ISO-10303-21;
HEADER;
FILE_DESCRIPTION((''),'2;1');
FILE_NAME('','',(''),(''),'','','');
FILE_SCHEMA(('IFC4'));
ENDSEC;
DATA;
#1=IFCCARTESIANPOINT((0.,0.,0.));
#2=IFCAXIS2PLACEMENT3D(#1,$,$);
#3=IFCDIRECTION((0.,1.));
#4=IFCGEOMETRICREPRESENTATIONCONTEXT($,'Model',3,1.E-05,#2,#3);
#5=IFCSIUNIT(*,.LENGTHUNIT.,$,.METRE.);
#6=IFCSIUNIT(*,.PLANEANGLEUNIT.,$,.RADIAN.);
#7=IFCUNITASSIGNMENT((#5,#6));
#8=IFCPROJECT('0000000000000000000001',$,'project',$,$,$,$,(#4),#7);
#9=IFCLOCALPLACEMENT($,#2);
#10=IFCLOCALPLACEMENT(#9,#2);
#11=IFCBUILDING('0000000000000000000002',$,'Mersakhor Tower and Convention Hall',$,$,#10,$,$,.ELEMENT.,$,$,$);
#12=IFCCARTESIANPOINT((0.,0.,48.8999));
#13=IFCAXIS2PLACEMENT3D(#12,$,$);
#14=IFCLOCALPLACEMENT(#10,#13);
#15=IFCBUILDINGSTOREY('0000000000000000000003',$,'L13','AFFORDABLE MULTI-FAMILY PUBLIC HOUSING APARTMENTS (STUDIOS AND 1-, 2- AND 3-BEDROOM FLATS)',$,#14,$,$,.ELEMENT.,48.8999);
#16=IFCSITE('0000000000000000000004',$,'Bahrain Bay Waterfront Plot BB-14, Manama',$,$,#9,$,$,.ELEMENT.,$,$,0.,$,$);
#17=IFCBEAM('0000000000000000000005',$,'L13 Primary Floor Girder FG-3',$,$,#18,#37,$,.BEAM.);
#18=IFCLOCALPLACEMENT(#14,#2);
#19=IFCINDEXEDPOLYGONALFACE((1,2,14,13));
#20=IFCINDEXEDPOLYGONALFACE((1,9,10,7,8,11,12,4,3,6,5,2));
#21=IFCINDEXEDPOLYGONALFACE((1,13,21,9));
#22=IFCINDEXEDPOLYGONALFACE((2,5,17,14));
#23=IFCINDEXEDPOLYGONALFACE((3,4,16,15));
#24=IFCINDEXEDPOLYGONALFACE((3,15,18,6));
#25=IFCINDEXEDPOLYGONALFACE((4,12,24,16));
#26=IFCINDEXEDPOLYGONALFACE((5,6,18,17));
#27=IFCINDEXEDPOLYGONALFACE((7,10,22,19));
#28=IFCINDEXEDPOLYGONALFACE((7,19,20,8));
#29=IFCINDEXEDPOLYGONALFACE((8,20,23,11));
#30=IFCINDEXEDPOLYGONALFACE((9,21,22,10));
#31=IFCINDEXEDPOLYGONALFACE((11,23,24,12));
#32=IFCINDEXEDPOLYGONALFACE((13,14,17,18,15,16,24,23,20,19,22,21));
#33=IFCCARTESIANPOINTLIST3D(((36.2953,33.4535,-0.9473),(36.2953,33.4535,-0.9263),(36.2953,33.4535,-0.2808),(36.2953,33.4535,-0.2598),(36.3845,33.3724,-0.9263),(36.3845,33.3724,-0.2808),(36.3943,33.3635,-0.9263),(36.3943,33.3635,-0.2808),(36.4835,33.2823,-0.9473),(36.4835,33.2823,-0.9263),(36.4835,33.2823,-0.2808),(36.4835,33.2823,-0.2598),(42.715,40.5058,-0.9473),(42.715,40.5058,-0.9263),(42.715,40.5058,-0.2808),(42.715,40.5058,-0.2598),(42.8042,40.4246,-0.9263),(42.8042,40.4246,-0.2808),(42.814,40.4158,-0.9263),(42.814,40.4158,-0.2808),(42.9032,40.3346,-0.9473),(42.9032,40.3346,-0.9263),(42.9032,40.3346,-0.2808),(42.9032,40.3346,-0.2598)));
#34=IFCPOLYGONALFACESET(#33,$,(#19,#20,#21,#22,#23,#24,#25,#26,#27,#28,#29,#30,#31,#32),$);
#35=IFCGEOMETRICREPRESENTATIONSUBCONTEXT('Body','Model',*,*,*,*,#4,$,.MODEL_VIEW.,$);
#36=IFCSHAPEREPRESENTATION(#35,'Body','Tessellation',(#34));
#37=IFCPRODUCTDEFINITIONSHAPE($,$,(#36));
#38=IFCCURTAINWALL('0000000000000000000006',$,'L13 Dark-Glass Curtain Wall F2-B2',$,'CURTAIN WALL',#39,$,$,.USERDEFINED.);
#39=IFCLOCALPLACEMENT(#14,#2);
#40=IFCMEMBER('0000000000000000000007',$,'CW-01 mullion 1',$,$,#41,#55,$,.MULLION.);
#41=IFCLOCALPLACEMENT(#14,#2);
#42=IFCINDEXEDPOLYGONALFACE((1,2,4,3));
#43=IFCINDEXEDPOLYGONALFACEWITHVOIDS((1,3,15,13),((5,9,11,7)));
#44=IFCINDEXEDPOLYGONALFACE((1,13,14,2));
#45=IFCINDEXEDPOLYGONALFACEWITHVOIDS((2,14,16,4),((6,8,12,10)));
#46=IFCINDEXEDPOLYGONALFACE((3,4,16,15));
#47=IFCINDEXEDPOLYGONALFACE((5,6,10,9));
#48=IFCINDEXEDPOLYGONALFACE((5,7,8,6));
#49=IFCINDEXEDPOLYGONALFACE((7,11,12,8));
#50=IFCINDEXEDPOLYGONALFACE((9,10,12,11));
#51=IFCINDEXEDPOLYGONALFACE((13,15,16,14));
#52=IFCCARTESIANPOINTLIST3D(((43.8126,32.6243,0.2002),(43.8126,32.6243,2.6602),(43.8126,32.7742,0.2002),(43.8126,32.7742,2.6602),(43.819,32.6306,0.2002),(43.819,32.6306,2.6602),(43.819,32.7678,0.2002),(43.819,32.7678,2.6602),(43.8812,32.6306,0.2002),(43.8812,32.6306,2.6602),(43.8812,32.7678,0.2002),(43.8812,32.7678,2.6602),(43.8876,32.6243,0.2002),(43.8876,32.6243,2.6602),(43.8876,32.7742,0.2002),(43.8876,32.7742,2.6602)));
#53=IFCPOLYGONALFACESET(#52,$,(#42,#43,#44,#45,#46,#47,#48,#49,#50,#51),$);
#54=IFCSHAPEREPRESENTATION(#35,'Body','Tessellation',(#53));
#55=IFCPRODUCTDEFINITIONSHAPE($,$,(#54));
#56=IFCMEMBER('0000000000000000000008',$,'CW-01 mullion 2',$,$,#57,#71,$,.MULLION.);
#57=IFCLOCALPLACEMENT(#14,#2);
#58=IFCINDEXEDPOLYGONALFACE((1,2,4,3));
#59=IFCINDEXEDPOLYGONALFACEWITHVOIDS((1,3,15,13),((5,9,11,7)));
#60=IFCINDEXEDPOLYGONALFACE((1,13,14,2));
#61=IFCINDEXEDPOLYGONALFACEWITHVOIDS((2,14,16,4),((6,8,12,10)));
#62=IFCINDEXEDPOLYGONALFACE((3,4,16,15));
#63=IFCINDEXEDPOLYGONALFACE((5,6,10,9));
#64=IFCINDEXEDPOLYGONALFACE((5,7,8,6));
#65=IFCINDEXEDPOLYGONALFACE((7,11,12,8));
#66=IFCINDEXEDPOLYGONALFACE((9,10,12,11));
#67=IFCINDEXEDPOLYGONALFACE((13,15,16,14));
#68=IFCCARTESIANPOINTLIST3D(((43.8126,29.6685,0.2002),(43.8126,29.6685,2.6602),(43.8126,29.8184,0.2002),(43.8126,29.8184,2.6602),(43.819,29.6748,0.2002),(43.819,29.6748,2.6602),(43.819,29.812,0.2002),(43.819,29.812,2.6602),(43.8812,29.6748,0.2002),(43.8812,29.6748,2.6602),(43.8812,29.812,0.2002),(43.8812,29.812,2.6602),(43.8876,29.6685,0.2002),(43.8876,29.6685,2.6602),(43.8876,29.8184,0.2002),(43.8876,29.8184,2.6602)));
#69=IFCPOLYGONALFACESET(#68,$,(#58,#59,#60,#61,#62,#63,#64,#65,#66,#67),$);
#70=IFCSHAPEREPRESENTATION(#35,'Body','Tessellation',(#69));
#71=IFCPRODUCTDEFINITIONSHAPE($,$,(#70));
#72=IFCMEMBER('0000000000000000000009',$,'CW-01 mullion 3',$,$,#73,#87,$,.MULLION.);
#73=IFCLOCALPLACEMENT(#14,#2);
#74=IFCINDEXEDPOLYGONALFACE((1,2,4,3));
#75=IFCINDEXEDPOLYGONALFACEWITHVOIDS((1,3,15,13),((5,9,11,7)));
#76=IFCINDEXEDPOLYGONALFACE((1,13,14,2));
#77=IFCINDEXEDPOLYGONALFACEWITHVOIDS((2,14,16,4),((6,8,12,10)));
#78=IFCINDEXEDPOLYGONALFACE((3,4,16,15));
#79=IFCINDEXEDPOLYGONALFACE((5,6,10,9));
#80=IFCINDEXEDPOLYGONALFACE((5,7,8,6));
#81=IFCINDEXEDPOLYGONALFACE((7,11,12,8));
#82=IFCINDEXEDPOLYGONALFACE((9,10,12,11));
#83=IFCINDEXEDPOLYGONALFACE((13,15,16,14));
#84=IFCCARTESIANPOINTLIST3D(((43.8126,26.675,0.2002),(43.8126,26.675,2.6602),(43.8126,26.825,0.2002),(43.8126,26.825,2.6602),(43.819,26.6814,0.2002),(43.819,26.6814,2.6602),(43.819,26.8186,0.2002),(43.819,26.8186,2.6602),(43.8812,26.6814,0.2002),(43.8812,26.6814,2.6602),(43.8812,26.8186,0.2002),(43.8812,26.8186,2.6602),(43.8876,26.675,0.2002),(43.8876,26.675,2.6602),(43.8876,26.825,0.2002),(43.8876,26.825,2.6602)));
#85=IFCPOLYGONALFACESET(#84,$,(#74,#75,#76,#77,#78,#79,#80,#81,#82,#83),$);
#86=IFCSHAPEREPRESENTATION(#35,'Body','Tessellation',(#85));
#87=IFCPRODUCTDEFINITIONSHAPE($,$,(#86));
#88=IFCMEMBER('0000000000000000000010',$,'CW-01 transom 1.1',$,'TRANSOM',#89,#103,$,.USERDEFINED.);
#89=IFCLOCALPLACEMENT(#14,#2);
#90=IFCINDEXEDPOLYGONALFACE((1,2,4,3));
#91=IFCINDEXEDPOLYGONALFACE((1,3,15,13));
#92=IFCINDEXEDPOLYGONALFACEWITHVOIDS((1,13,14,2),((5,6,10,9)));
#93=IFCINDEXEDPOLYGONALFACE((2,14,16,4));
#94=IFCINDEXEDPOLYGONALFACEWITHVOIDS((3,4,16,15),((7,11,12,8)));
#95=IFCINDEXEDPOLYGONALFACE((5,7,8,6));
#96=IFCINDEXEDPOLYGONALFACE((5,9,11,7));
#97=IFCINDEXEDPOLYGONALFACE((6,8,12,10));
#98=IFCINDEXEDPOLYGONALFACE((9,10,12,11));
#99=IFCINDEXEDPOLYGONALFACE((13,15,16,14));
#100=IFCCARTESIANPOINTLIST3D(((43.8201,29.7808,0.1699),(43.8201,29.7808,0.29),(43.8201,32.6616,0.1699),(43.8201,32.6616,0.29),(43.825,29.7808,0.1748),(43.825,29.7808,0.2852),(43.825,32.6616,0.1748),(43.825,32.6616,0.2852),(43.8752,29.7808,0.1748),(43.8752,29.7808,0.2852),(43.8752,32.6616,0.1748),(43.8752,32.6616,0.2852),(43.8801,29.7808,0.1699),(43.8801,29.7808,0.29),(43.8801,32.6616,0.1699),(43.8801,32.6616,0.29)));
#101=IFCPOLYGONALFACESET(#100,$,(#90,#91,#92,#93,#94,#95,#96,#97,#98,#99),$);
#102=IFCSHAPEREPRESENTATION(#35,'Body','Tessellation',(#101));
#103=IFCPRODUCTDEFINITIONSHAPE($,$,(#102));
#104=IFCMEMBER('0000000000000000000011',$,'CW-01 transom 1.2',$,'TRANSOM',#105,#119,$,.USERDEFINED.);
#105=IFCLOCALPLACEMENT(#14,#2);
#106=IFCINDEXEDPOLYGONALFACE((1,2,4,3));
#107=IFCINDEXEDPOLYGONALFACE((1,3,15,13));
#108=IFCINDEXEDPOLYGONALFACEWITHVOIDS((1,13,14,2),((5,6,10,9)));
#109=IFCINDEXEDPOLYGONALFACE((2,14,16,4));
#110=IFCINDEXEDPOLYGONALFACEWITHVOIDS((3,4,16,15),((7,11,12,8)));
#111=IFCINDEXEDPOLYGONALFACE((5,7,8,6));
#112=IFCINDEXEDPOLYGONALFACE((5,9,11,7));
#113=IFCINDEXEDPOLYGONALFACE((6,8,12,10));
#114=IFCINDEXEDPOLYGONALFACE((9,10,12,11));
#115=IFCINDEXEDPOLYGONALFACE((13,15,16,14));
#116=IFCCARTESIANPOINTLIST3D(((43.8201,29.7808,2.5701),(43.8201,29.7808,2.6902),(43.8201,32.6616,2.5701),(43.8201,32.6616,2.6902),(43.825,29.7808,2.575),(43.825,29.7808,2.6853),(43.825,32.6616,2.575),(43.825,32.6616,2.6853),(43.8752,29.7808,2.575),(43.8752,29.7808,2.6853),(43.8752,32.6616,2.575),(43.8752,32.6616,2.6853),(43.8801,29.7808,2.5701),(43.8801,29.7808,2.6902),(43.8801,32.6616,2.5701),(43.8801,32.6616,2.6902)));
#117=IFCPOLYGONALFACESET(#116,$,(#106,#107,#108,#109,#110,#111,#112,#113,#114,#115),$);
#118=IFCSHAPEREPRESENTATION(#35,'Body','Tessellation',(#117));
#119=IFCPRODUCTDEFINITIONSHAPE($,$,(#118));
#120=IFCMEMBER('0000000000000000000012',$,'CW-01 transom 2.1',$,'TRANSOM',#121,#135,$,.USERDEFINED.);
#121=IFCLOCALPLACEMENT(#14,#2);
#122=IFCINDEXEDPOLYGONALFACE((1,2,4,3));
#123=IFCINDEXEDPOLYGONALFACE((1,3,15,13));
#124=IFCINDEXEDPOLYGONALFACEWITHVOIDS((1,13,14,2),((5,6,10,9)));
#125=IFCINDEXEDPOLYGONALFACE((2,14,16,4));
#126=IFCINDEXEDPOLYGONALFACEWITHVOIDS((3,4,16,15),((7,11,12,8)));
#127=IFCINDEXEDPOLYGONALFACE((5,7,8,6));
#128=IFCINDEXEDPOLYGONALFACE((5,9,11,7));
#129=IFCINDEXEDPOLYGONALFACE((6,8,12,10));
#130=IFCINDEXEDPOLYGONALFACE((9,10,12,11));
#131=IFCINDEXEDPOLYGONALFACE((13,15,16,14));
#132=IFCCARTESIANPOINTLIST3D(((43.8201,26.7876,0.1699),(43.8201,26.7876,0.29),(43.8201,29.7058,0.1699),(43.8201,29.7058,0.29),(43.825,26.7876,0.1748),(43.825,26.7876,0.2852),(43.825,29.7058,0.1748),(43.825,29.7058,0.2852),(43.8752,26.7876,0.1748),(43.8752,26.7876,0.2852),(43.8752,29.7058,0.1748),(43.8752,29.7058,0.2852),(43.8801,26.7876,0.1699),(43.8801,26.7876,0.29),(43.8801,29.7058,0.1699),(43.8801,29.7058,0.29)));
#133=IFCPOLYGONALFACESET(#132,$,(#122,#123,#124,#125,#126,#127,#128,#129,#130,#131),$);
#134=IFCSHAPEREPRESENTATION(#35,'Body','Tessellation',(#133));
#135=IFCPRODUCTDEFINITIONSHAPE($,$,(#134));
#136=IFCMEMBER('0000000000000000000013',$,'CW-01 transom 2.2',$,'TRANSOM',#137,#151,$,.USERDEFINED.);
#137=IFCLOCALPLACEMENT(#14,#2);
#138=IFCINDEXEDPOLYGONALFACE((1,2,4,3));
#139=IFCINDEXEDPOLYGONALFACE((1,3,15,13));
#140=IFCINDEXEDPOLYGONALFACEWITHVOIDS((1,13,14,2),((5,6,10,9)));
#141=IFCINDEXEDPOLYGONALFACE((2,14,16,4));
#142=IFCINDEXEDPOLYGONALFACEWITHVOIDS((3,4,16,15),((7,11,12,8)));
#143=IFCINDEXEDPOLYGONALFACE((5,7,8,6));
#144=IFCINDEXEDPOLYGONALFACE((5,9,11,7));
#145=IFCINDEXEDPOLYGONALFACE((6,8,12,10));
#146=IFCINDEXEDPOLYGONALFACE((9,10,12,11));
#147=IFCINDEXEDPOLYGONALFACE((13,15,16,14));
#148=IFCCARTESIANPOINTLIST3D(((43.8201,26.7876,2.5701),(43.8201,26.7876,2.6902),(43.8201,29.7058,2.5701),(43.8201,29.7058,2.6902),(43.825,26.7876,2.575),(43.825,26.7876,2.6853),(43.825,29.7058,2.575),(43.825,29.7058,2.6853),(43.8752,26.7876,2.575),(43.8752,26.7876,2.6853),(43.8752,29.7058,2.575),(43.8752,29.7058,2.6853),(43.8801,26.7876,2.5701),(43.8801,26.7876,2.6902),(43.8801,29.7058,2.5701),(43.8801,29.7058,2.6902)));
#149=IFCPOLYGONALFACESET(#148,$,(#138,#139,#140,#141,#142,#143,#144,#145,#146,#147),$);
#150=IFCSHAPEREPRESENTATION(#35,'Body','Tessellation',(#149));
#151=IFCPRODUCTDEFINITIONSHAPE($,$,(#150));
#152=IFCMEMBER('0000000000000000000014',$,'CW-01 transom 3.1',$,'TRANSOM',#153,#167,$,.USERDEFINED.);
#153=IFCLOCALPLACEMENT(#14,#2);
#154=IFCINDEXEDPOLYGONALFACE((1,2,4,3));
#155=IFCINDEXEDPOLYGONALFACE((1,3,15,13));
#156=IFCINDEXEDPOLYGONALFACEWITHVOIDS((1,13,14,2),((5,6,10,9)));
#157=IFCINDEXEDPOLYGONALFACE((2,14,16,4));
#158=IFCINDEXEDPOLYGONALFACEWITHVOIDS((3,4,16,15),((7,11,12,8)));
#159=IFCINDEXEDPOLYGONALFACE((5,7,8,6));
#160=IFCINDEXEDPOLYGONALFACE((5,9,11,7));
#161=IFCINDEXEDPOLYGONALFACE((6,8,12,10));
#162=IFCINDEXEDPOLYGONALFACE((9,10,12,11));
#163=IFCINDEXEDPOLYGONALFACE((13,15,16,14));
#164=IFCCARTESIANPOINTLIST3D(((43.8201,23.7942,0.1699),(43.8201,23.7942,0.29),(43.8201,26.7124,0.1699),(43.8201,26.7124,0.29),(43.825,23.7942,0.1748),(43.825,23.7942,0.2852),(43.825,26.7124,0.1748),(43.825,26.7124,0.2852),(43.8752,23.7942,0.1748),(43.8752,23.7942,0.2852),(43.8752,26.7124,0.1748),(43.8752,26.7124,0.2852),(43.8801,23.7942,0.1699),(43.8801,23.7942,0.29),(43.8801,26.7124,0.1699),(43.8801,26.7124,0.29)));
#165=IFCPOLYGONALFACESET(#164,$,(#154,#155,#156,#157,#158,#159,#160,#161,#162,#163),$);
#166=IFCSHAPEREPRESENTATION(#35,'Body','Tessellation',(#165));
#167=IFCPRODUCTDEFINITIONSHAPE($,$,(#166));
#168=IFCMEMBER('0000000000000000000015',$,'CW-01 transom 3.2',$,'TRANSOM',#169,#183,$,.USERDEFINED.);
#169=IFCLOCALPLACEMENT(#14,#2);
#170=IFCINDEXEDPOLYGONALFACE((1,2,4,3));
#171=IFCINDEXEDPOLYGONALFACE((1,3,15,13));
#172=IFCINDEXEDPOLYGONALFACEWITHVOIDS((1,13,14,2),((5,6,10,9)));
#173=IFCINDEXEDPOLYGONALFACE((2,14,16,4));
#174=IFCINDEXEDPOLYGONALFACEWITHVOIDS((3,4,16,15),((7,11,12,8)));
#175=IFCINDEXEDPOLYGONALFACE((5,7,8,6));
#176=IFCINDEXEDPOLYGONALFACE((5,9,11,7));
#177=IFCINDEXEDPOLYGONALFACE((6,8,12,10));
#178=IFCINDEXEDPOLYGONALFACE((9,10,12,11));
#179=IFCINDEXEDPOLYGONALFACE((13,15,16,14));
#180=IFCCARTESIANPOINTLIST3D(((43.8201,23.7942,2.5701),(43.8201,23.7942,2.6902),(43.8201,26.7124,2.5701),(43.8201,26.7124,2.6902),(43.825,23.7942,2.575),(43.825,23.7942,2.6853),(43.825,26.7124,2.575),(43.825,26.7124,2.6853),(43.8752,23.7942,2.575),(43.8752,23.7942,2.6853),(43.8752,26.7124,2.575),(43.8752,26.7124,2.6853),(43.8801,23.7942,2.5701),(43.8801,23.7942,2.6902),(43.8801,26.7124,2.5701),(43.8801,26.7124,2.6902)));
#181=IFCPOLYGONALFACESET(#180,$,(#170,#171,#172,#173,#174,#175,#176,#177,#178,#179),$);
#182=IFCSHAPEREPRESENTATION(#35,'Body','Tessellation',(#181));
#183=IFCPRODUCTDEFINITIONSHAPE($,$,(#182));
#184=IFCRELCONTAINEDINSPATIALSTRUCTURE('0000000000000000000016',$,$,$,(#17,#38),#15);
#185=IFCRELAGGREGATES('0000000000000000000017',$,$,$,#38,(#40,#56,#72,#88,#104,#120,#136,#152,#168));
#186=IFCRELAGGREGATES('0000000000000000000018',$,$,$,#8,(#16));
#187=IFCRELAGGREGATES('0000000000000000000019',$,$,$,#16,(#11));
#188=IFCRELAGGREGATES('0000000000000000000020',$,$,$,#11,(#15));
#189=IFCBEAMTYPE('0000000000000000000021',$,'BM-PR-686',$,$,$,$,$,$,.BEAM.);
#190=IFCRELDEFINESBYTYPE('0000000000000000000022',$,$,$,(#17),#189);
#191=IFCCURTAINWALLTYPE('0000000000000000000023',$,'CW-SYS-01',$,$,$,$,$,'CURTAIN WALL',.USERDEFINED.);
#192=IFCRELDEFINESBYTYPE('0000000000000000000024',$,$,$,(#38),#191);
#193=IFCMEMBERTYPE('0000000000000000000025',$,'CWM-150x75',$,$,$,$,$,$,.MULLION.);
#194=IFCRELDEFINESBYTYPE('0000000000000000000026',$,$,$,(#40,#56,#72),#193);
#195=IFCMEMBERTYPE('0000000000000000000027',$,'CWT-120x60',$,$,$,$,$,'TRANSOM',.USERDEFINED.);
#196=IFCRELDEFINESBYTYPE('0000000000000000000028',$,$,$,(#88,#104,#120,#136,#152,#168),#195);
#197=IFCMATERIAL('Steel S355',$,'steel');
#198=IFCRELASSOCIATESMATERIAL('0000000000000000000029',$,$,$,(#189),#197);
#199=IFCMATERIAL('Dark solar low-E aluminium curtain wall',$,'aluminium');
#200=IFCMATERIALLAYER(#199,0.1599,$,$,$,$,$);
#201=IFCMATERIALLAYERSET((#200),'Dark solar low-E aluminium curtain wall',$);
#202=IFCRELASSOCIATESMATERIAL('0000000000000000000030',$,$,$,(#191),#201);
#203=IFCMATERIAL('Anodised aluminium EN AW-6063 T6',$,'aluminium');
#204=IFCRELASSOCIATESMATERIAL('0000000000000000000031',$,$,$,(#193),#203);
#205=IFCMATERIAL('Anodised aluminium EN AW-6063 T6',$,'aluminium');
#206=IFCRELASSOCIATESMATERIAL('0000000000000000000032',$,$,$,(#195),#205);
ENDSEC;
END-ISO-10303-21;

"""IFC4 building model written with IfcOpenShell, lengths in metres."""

from ifc_helpers import new_model, si_unit, direction, frame, origin, origin_2d, place, context, subcontext, project, spatial, hollow_rectangle, i_section, extrude, material, layer, layer_set, material_profile, profile_set, type_object, element, aggregate, save


model = new_model("IFC4")

# Units and contexts
model_context = context("Model", 3, precision=1e-05, world=origin(), true_north=direction((0.0, 1.0)))
body_context = subcontext(model_context, "Body", "Model", "MODEL_VIEW")
ifc_project = project(units=[si_unit("LENGTHUNIT", "METRE"), si_unit("PLANEANGLEUNIT", "RADIAN")], contexts=[model_context])

# Site, building, storey
site_placement = place(None, origin())
site = spatial("IfcSite", under=ifc_project, at=site_placement, Name="Bahrain Bay Waterfront Plot BB-14, Manama", CompositionType="ELEMENT", RefElevation=0.0)
building_placement = place(site_placement, origin())
building = spatial("IfcBuilding", under=site, at=building_placement, Name="Mersakhor Tower and Convention Hall", CompositionType="ELEMENT")
storey_placement = place(building_placement, frame((0.0, 0.0, 48.8999)))
storey = spatial("IfcBuildingStorey", under=building, at=storey_placement, Name="L13", Description="AFFORDABLE MULTI-FAMILY PUBLIC HOUSING APARTMENTS (STUDIOS AND 1-, 2- AND 3-BEDROOM FLATS)", CompositionType="ELEMENT", Elevation=48.8999)

# Beam
ifc_material_1 = material(Name="Steel S355", Category="steel")
ifc_material_profile_1 = material_profile(ifc_material_1, i_section(OverallWidth=0.2544, OverallDepth=0.6875, WebThickness=0.0132, FlangeThickness=0.021, at=origin_2d()), Name="UB 686x254x152")
ifc_profile_set_1 = profile_set([ifc_material_profile_1], Name="Steel S355")
beam_type = type_object("IfcBeamType", Name="BM-PR-686", PredefinedType="BEAM", material=ifc_profile_set_1)
beam_placement = place(storey_placement, frame((36.3894, 33.3679, -0.6035), z_axis=(0.673163, 0.739494, 0.0), x_axis=(-0.739494, 0.673163, 0.0)))
element("IfcBeam", 1, at=beam_placement, inside=storey, type_object=beam_type, Name="L13 Primary Floor Girder FG-3", PredefinedType="BEAM", context=body_context, shape_type="SweptSolid", body=[
    extrude(i_section(OverallWidth=0.2544, OverallDepth=0.6875, WebThickness=0.0132, FlangeThickness=0.021, at=origin_2d()), origin(), (0.0, 0.0, 1.0), 9.5366),
])

# Curtain wall, members
ifc_material_2 = material(Name="Dark solar low-E aluminium curtain wall", Category="aluminium")
ifc_layer_1 = layer(ifc_material_2, 0.1599)
ifc_layer_set_1 = layer_set([ifc_layer_1], Name="Dark solar low-E aluminium curtain wall")
curtain_wall_type = type_object("IfcCurtainWallType", Name="CW-SYS-01", ElementType="CURTAIN WALL", PredefinedType="USERDEFINED", material=ifc_layer_set_1)
curtain_wall_placement = place(storey_placement, origin())
curtain_wall = element("IfcCurtainWall", 2, at=curtain_wall_placement, inside=storey, type_object=curtain_wall_type, Name="L13 Dark-Glass Curtain Wall F2-B2", ObjectType="CURTAIN WALL", PredefinedType="USERDEFINED")
ifc_material_3 = material(Name="Anodised aluminium EN AW-6063 T6", Category="aluminium")
ifc_material_profile_2 = material_profile(ifc_material_3, hollow_rectangle(XDim=0.075, YDim=0.1499, WallThickness=0.0063, at=origin_2d()), Name="RHS 150x75x6.3")
ifc_profile_set_2 = profile_set([ifc_material_profile_2], Name="Anodised aluminium EN AW-6063 T6")
member_type_1 = type_object("IfcMemberType", Name="CWM-150x75", PredefinedType="MULLION", material=ifc_profile_set_2)
member_1_placement = place(storey_placement, frame((43.8501, 32.6992, 0.2002), z_axis=(0.0, 0.0, 1.0), x_axis=(1.0, 0.0, 0.0)))
member_1 = element("IfcMember", 3, at=member_1_placement, type_object=member_type_1, Name="CW-01 mullion 1", PredefinedType="MULLION", context=body_context, shape_type="SweptSolid", body=[
    extrude(hollow_rectangle(XDim=0.075, YDim=0.1499, WallThickness=0.0063, at=origin_2d()), origin(), (0.0, 0.0, 1.0), 2.46),
])
member_2_placement = place(storey_placement, frame((43.8501, 29.7434, 0.2002), z_axis=(0.0, 0.0, 1.0), x_axis=(1.0, 0.0, 0.0)))
member_2 = element("IfcMember", 4, at=member_2_placement, type_object=member_type_1, Name="CW-01 mullion 2", PredefinedType="MULLION", context=body_context, shape_type="SweptSolid", body=[
    extrude(hollow_rectangle(XDim=0.075, YDim=0.1499, WallThickness=0.0063, at=origin_2d()), origin(), (0.0, 0.0, 1.0), 2.46),
])
member_3_placement = place(storey_placement, frame((43.8501, 26.75, 0.2002), z_axis=(0.0, 0.0, 1.0), x_axis=(1.0, 0.0, 0.0)))
member_3 = element("IfcMember", 5, at=member_3_placement, type_object=member_type_1, Name="CW-01 mullion 3", PredefinedType="MULLION", context=body_context, shape_type="SweptSolid", body=[
    extrude(hollow_rectangle(XDim=0.075, YDim=0.1499, WallThickness=0.0063, at=origin_2d()), origin(), (0.0, 0.0, 1.0), 2.46),
])
ifc_material_4 = material(Name="Anodised aluminium EN AW-6063 T6", Category="aluminium")
ifc_material_profile_3 = material_profile(ifc_material_4, hollow_rectangle(XDim=0.0601, YDim=0.1201, WallThickness=0.0049, at=origin_2d()), Name="RHS 120x60x5")
ifc_profile_set_3 = profile_set([ifc_material_profile_3], Name="Anodised aluminium EN AW-6063 T6")
member_type_2 = type_object("IfcMemberType", Name="CWT-120x60", ElementType="TRANSOM", PredefinedType="USERDEFINED", material=ifc_profile_set_3)
member_4_placement = place(storey_placement, frame((43.8501, 32.6616, 0.23), z_axis=(0.0, -1.0, 0.0), x_axis=(1.0, 0.0, 0.0)))
member_4 = element("IfcMember", 6, at=member_4_placement, type_object=member_type_2, Name="CW-01 transom 1.1", ObjectType="TRANSOM", PredefinedType="USERDEFINED", context=body_context, shape_type="SweptSolid", body=[
    extrude(hollow_rectangle(XDim=0.0601, YDim=0.1201, WallThickness=0.0049, at=origin_2d()), origin(), (0.0, 0.0, 1.0), 2.8809),
])
member_5_placement = place(storey_placement, frame((43.8501, 32.6616, 2.6301), z_axis=(0.0, -1.0, 0.0), x_axis=(1.0, 0.0, 0.0)))
member_5 = element("IfcMember", 7, at=member_5_placement, type_object=member_type_2, Name="CW-01 transom 1.2", ObjectType="TRANSOM", PredefinedType="USERDEFINED", context=body_context, shape_type="SweptSolid", body=[
    extrude(hollow_rectangle(XDim=0.0601, YDim=0.1201, WallThickness=0.0049, at=origin_2d()), origin(), (0.0, 0.0, 1.0), 2.8809),
])
member_6_placement = place(storey_placement, frame((43.8501, 29.7058, 0.23), z_axis=(0.0, -1.0, 0.0), x_axis=(1.0, 0.0, 0.0)))
member_6 = element("IfcMember", 8, at=member_6_placement, type_object=member_type_2, Name="CW-01 transom 2.1", ObjectType="TRANSOM", PredefinedType="USERDEFINED", context=body_context, shape_type="SweptSolid", body=[
    extrude(hollow_rectangle(XDim=0.0601, YDim=0.1201, WallThickness=0.0049, at=origin_2d()), origin(), (0.0, 0.0, 1.0), 2.9182),
])
member_7_placement = place(storey_placement, frame((43.8501, 29.7058, 2.6301), z_axis=(0.0, -1.0, 0.0), x_axis=(1.0, 0.0, 0.0)))
member_7 = element("IfcMember", 9, at=member_7_placement, type_object=member_type_2, Name="CW-01 transom 2.2", ObjectType="TRANSOM", PredefinedType="USERDEFINED", context=body_context, shape_type="SweptSolid", body=[
    extrude(hollow_rectangle(XDim=0.0601, YDim=0.1201, WallThickness=0.0049, at=origin_2d()), origin(), (0.0, 0.0, 1.0), 2.9182),
])
member_8_placement = place(storey_placement, frame((43.8501, 26.7124, 0.23), z_axis=(0.0, -1.0, 0.0), x_axis=(1.0, 0.0, 0.0)))
member_8 = element("IfcMember", 10, at=member_8_placement, type_object=member_type_2, Name="CW-01 transom 3.1", ObjectType="TRANSOM", PredefinedType="USERDEFINED", context=body_context, shape_type="SweptSolid", body=[
    extrude(hollow_rectangle(XDim=0.0601, YDim=0.1201, WallThickness=0.0049, at=origin_2d()), origin(), (0.0, 0.0, 1.0), 2.9182),
])
member_9_placement = place(storey_placement, frame((43.8501, 26.7124, 2.6301), z_axis=(0.0, -1.0, 0.0), x_axis=(1.0, 0.0, 0.0)))
member_9 = element("IfcMember", 11, at=member_9_placement, type_object=member_type_2, Name="CW-01 transom 3.2", ObjectType="TRANSOM", PredefinedType="USERDEFINED", context=body_context, shape_type="SweptSolid", body=[
    extrude(hollow_rectangle(XDim=0.0601, YDim=0.1201, WallThickness=0.0049, at=origin_2d()), origin(), (0.0, 0.0, 1.0), 2.9182),
])
aggregate(curtain_wall, [member_1, member_2, member_3, member_4, member_5, member_6, member_7, member_8, member_9])

save(model, "model.ifc")
